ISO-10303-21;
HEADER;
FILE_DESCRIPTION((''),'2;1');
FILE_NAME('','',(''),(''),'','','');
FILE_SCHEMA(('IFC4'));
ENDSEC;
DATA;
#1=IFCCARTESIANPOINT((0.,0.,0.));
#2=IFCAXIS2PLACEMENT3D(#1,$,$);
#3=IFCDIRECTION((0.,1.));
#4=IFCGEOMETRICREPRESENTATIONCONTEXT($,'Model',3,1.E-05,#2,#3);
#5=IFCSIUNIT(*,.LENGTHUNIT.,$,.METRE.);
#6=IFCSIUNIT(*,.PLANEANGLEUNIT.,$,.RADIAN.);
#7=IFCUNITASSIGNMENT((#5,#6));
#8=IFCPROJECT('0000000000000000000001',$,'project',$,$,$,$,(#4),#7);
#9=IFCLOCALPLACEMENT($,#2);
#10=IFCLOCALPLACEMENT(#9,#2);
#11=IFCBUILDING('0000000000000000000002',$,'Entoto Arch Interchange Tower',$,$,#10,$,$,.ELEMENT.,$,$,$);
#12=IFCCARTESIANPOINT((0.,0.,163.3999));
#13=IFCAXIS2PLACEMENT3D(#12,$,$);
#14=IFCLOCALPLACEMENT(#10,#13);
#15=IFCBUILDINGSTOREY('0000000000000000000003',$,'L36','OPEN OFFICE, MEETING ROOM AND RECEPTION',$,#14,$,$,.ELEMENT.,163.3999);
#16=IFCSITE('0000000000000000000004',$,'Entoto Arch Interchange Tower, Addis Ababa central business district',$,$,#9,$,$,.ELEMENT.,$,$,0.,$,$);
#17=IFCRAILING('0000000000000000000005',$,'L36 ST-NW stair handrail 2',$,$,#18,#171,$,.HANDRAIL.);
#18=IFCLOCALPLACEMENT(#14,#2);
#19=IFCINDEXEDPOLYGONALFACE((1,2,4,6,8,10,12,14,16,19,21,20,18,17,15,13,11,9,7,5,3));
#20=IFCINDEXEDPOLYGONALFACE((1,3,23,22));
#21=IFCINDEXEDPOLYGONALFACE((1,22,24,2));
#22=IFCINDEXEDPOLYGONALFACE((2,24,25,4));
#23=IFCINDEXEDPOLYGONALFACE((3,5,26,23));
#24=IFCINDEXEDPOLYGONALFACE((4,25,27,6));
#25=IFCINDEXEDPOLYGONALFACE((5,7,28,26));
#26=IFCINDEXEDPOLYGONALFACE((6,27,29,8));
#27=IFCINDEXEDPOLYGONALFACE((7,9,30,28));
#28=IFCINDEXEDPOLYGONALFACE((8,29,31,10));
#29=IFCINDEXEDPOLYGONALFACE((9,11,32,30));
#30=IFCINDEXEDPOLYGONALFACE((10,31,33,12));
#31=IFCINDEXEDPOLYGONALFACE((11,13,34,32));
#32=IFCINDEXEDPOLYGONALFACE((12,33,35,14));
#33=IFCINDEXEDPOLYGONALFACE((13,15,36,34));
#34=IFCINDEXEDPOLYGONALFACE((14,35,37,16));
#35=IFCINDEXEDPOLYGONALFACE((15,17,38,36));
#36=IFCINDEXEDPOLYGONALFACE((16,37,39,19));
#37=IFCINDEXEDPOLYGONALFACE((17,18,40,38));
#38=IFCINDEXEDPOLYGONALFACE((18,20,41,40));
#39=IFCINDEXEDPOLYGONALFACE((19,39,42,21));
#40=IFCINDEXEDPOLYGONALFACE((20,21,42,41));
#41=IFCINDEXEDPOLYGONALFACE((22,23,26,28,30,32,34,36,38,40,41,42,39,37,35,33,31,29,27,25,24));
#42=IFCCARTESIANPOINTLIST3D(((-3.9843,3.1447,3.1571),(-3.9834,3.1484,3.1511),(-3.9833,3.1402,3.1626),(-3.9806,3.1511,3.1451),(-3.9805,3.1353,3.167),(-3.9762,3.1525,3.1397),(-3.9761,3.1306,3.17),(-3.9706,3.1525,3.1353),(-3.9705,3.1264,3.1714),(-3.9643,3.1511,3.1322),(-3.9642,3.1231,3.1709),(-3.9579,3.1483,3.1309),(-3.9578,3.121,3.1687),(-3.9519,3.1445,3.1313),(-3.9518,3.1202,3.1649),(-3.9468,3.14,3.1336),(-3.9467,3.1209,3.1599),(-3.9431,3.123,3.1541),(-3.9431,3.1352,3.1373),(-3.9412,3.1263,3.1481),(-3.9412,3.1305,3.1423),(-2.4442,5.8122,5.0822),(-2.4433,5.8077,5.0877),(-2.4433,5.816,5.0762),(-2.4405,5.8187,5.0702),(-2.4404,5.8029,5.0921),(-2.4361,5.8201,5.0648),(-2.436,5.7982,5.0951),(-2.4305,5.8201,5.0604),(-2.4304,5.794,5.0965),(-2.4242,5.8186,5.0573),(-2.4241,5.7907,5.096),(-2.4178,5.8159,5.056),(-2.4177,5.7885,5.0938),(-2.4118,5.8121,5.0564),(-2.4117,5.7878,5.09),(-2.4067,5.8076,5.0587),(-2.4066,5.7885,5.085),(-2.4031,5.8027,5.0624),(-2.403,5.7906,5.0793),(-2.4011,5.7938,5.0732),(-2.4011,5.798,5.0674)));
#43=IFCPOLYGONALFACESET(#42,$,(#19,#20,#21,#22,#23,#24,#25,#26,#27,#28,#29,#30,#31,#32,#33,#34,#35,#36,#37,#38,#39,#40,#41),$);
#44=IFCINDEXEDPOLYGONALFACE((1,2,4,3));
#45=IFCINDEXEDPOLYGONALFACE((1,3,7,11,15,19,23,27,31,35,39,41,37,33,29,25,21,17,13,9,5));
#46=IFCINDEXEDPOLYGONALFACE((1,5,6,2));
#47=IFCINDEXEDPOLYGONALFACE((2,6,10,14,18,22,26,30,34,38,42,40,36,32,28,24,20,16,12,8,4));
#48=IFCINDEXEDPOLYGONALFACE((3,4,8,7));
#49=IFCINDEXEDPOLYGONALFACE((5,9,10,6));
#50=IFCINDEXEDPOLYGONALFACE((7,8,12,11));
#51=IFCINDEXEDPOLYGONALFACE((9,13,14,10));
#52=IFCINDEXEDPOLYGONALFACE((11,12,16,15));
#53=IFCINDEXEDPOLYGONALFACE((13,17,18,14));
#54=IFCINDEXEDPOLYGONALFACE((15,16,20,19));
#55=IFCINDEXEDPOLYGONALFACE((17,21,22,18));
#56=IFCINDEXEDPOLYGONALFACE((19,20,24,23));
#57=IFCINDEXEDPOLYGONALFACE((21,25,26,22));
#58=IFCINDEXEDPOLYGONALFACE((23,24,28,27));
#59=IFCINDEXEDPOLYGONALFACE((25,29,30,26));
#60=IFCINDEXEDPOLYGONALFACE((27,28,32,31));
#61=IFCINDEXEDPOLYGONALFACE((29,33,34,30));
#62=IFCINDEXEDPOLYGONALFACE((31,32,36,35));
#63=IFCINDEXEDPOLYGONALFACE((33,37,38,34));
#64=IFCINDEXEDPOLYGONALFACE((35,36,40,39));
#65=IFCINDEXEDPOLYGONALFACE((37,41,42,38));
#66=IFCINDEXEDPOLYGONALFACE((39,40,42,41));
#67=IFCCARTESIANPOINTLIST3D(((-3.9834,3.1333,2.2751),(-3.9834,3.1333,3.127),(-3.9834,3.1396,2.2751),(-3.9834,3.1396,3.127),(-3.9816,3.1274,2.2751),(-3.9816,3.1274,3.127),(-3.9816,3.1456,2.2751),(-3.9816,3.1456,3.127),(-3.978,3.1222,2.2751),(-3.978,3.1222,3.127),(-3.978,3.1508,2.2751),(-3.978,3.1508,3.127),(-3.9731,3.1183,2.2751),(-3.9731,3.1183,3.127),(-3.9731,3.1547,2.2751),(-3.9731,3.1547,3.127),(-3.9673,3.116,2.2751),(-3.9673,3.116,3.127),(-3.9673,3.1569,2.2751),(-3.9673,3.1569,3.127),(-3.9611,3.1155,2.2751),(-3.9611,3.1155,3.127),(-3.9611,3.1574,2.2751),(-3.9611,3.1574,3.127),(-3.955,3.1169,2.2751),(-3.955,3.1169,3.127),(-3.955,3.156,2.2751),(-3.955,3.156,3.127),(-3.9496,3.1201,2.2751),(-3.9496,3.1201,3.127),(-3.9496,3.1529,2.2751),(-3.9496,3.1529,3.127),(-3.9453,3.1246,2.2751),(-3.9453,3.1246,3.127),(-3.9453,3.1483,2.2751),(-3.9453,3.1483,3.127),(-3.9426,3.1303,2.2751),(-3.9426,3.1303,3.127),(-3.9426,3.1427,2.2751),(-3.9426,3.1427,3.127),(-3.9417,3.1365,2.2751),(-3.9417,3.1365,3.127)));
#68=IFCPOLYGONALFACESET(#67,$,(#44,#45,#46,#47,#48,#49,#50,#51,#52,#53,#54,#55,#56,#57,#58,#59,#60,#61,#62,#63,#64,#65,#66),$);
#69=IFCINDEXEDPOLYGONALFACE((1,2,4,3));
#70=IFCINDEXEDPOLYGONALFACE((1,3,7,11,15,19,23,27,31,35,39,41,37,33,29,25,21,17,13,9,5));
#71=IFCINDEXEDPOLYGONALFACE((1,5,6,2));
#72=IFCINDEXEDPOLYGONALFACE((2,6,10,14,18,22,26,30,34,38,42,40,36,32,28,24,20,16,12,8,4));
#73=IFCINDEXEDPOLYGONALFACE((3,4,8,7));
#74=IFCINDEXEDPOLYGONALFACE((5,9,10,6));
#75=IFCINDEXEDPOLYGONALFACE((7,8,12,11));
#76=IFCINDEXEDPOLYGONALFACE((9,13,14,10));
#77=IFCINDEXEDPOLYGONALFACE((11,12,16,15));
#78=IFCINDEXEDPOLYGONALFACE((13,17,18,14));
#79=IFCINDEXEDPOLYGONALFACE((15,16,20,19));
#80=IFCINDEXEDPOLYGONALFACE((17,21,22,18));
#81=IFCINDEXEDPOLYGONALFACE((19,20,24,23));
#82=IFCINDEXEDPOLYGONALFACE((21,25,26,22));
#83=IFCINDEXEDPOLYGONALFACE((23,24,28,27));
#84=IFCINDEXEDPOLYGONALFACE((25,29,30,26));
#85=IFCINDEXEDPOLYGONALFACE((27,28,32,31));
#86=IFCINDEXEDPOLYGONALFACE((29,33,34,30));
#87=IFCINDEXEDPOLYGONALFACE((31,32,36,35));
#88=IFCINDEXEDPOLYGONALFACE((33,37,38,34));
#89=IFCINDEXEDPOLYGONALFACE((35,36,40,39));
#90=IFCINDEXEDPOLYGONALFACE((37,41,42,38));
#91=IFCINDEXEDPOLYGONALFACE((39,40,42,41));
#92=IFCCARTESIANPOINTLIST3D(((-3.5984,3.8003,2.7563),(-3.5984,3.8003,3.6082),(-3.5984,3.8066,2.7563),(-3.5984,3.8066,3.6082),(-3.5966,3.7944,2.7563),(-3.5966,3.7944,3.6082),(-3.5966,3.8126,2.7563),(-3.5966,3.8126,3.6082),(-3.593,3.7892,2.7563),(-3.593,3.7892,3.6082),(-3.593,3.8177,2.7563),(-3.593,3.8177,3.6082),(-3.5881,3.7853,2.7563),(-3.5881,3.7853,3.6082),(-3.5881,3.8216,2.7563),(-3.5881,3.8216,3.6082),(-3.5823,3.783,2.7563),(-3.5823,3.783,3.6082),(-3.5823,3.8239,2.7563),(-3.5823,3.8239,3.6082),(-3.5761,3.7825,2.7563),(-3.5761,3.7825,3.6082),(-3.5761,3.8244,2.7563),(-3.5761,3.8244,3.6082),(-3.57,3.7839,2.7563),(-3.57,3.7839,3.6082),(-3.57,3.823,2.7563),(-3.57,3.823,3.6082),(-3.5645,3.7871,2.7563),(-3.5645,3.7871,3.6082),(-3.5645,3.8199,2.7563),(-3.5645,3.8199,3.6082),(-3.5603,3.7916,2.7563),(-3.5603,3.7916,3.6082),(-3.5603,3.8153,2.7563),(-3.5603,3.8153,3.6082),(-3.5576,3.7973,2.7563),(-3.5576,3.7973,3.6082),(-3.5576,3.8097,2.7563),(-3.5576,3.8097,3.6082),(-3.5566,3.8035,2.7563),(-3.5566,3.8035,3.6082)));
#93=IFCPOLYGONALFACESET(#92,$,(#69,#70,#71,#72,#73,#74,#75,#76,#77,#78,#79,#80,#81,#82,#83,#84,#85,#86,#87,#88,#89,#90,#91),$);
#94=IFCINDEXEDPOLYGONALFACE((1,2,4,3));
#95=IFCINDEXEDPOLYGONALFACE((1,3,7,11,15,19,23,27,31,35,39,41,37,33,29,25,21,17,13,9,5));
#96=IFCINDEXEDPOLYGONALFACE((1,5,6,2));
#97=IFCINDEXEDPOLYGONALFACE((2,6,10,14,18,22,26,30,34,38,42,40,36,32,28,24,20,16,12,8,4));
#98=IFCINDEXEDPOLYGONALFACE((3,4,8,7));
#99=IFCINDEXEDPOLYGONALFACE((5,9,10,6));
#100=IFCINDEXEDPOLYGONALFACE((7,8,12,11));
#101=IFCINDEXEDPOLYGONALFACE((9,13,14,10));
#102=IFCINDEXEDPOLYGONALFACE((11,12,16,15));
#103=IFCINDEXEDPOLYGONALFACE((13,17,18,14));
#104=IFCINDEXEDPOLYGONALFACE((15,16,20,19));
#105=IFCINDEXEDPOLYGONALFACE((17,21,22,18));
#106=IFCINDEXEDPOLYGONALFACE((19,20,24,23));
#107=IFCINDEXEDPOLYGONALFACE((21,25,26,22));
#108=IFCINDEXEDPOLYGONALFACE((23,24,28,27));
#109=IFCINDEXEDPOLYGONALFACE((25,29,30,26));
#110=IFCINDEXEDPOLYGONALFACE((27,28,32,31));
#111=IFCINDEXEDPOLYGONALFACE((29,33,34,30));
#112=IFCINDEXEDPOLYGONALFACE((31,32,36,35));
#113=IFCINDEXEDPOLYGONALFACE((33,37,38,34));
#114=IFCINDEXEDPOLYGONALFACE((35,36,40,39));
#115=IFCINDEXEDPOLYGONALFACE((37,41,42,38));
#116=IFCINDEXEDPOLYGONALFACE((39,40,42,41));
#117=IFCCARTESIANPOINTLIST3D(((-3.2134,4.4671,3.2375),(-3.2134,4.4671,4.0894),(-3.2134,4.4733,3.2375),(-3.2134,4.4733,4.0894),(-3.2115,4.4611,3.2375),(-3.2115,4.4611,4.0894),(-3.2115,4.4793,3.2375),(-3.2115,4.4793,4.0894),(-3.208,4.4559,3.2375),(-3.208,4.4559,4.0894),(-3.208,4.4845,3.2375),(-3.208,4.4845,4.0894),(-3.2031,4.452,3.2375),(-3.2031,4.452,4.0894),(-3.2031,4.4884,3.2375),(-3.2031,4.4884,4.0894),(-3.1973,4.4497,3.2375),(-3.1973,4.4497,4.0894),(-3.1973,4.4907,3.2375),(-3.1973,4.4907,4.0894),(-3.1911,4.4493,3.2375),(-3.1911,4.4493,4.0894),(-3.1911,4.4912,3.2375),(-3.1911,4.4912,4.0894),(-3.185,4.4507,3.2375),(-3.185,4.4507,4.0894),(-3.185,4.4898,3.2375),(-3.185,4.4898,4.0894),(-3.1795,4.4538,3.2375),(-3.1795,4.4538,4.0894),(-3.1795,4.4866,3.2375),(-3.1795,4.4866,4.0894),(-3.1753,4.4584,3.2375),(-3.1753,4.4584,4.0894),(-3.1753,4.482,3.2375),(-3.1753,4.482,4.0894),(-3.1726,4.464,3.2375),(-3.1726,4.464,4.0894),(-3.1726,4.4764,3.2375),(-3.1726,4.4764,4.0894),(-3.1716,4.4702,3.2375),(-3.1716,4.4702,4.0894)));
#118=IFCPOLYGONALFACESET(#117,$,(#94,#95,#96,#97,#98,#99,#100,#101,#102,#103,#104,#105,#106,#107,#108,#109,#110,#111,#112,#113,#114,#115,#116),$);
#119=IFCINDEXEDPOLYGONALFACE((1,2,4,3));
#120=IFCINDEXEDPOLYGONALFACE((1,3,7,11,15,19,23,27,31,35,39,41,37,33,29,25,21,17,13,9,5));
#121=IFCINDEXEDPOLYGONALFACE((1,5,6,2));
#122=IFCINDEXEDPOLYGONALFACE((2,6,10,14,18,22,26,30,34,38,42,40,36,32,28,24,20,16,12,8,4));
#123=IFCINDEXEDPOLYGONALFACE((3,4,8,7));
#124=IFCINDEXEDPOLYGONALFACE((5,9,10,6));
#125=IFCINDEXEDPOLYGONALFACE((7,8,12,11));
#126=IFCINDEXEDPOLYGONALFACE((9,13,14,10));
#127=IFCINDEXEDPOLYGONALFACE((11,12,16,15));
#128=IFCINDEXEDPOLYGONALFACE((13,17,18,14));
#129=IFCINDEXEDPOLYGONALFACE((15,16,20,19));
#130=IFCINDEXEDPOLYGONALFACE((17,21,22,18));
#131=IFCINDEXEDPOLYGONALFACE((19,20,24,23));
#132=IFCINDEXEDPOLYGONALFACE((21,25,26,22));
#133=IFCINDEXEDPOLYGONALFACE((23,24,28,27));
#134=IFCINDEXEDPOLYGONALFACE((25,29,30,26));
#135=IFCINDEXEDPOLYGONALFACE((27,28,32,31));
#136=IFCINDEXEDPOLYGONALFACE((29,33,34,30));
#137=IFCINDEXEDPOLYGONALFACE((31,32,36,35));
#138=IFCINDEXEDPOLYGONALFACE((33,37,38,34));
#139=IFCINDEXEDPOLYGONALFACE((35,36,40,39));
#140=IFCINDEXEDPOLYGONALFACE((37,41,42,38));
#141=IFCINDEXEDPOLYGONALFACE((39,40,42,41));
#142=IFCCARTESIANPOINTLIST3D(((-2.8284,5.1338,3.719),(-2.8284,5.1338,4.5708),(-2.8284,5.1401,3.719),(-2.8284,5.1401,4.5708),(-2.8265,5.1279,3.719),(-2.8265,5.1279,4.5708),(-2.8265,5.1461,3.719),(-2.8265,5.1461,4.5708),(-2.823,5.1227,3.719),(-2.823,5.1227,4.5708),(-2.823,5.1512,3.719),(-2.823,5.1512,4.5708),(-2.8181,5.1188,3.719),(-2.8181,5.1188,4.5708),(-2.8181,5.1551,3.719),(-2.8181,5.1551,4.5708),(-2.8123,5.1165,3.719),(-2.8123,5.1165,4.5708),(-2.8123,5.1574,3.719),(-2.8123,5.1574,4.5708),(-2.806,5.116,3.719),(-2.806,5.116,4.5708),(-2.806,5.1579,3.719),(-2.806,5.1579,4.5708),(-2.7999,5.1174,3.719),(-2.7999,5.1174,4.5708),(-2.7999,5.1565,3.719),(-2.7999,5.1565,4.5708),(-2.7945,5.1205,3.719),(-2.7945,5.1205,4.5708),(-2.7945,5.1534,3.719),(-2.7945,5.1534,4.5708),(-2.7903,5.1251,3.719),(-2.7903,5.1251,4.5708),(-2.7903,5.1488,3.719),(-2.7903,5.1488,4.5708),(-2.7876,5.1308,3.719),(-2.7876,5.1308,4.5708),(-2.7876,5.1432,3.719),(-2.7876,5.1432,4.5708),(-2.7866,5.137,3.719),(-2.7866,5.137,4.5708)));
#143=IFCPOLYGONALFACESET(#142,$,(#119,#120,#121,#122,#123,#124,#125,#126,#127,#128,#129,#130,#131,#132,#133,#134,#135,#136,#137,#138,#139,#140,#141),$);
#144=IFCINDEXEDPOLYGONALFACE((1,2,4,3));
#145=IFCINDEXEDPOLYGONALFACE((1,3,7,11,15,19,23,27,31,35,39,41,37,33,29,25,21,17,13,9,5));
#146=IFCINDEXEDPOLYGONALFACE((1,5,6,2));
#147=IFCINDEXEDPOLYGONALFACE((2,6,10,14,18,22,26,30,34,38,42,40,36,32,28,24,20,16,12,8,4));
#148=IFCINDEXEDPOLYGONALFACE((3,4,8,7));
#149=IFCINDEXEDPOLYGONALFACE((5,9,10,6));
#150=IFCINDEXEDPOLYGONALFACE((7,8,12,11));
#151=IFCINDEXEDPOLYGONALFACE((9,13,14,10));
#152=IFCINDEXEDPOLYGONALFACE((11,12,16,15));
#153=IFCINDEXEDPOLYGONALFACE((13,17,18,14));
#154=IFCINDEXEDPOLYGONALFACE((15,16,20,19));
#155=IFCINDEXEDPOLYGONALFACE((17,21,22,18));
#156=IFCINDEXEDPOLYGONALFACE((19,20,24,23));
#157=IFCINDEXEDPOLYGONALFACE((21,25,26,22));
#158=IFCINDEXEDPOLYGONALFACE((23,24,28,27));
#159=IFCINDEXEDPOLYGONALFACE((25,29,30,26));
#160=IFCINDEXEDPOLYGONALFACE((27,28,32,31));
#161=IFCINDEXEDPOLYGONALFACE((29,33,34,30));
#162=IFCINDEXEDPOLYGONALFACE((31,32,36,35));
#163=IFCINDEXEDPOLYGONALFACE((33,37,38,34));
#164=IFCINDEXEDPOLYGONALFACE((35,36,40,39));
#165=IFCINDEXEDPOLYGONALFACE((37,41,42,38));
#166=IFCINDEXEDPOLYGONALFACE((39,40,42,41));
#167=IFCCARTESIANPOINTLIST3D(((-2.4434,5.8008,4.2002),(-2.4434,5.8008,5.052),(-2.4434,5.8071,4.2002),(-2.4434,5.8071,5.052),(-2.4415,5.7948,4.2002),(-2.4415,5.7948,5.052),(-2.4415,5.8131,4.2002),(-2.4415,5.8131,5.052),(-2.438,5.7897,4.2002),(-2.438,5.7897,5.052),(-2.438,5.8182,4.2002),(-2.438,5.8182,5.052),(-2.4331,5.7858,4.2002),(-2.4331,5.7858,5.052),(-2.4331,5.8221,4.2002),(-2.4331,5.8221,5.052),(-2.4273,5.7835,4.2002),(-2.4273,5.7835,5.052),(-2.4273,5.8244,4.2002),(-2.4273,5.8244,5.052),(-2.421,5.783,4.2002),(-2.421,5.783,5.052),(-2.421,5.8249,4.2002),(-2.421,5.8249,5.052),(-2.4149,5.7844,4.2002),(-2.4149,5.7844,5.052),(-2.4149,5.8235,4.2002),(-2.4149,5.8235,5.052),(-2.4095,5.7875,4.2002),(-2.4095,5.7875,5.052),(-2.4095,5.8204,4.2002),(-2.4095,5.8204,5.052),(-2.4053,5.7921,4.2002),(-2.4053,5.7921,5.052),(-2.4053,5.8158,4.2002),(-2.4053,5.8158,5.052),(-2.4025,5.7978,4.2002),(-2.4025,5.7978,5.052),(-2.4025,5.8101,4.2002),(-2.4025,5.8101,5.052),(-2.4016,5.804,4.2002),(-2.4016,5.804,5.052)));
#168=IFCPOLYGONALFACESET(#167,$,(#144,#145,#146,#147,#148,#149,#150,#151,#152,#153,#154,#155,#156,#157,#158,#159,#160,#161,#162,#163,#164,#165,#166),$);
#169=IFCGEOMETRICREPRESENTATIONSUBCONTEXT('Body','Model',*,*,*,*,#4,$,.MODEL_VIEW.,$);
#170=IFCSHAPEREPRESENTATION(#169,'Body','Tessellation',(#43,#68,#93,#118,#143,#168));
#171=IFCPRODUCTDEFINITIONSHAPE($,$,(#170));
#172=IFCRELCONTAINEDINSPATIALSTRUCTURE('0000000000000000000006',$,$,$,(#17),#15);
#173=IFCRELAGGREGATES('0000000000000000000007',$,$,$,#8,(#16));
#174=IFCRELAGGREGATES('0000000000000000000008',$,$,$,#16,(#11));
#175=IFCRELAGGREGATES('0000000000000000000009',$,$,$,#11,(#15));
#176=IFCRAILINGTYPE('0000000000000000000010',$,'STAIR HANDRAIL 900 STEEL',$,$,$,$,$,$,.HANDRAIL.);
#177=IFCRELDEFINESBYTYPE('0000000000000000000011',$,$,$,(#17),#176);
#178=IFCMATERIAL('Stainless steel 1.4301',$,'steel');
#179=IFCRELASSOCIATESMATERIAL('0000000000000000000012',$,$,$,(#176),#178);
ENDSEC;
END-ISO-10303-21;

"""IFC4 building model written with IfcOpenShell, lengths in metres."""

from ifc_helpers import new_model, si_unit, direction, frame, origin, origin_2d, place, context, subcontext, project, spatial, circle, extrude, material, type_object, element, save


model = new_model("IFC4")

# Units and contexts
model_context = context("Model", 3, precision=1e-05, world=origin(), true_north=direction((0.0, 1.0)))
body_context = subcontext(model_context, "Body", "Model", "MODEL_VIEW")
ifc_project = project(units=[si_unit("LENGTHUNIT", "METRE"), si_unit("PLANEANGLEUNIT", "RADIAN")], contexts=[model_context])

# Site, building, storey
site_placement = place(None, origin())
site = spatial("IfcSite", under=ifc_project, at=site_placement, Name="Entoto Arch Interchange Tower, Addis Ababa central business district", CompositionType="ELEMENT", RefElevation=0.0)
building_placement = place(site_placement, origin())
building = spatial("IfcBuilding", under=site, at=building_placement, Name="Entoto Arch Interchange Tower", CompositionType="ELEMENT")
storey_placement = place(building_placement, frame((0.0, 0.0, 163.3999)))
storey = spatial("IfcBuildingStorey", under=building, at=storey_placement, Name="L36", Description="OPEN OFFICE, MEETING ROOM AND RECEPTION", CompositionType="ELEMENT", Elevation=163.3999)

# Railing
ifc_material_1 = material(Name="Stainless steel 1.4301", Category="steel")
railing_type_1 = type_object("IfcRailingType", Name="STAIR HANDRAIL 900 STEEL", PredefinedType="HANDRAIL", material=ifc_material_1)
railing_1_placement = place(storey_placement, frame((-3.9626, 3.1365, 2.2751)))
element("IfcRailing", 1, at=railing_1_placement, inside=storey, type_object=railing_type_1, Name="L36 ST-NW stair handrail 2", PredefinedType="HANDRAIL", context=body_context, shape_type="SweptSolid", body=[
    extrude(circle(Radius=0.0239, at=origin_2d()), frame((0.0, 0.0, 0.876), z_axis=(0.423994, 0.734395, 0.529993), x_axis=(-0.86603, 0.499992, 0.0)), (0.0, 0.0, 1.0), 3.6323),
    extrude(circle(Radius=0.021, at=origin_2d()), origin(), (0.0, 0.0, 1.0), 0.8518),
    extrude(circle(Radius=0.021, at=origin_2d()), frame((0.385, 0.667, 0.4812)), (0.0, 0.0, 1.0), 0.8518),
    extrude(circle(Radius=0.021, at=origin_2d()), frame((0.77, 1.3337, 0.9624)), (0.0, 0.0, 1.0), 0.8518),
    extrude(circle(Radius=0.021, at=origin_2d()), frame((1.155, 2.0005, 1.4438)), (0.0, 0.0, 1.0), 0.8518),
    extrude(circle(Radius=0.021, at=origin_2d()), frame((1.54, 2.6675, 1.925)), (0.0, 0.0, 1.0), 0.8518),
])

save(model, "model.ifc")
